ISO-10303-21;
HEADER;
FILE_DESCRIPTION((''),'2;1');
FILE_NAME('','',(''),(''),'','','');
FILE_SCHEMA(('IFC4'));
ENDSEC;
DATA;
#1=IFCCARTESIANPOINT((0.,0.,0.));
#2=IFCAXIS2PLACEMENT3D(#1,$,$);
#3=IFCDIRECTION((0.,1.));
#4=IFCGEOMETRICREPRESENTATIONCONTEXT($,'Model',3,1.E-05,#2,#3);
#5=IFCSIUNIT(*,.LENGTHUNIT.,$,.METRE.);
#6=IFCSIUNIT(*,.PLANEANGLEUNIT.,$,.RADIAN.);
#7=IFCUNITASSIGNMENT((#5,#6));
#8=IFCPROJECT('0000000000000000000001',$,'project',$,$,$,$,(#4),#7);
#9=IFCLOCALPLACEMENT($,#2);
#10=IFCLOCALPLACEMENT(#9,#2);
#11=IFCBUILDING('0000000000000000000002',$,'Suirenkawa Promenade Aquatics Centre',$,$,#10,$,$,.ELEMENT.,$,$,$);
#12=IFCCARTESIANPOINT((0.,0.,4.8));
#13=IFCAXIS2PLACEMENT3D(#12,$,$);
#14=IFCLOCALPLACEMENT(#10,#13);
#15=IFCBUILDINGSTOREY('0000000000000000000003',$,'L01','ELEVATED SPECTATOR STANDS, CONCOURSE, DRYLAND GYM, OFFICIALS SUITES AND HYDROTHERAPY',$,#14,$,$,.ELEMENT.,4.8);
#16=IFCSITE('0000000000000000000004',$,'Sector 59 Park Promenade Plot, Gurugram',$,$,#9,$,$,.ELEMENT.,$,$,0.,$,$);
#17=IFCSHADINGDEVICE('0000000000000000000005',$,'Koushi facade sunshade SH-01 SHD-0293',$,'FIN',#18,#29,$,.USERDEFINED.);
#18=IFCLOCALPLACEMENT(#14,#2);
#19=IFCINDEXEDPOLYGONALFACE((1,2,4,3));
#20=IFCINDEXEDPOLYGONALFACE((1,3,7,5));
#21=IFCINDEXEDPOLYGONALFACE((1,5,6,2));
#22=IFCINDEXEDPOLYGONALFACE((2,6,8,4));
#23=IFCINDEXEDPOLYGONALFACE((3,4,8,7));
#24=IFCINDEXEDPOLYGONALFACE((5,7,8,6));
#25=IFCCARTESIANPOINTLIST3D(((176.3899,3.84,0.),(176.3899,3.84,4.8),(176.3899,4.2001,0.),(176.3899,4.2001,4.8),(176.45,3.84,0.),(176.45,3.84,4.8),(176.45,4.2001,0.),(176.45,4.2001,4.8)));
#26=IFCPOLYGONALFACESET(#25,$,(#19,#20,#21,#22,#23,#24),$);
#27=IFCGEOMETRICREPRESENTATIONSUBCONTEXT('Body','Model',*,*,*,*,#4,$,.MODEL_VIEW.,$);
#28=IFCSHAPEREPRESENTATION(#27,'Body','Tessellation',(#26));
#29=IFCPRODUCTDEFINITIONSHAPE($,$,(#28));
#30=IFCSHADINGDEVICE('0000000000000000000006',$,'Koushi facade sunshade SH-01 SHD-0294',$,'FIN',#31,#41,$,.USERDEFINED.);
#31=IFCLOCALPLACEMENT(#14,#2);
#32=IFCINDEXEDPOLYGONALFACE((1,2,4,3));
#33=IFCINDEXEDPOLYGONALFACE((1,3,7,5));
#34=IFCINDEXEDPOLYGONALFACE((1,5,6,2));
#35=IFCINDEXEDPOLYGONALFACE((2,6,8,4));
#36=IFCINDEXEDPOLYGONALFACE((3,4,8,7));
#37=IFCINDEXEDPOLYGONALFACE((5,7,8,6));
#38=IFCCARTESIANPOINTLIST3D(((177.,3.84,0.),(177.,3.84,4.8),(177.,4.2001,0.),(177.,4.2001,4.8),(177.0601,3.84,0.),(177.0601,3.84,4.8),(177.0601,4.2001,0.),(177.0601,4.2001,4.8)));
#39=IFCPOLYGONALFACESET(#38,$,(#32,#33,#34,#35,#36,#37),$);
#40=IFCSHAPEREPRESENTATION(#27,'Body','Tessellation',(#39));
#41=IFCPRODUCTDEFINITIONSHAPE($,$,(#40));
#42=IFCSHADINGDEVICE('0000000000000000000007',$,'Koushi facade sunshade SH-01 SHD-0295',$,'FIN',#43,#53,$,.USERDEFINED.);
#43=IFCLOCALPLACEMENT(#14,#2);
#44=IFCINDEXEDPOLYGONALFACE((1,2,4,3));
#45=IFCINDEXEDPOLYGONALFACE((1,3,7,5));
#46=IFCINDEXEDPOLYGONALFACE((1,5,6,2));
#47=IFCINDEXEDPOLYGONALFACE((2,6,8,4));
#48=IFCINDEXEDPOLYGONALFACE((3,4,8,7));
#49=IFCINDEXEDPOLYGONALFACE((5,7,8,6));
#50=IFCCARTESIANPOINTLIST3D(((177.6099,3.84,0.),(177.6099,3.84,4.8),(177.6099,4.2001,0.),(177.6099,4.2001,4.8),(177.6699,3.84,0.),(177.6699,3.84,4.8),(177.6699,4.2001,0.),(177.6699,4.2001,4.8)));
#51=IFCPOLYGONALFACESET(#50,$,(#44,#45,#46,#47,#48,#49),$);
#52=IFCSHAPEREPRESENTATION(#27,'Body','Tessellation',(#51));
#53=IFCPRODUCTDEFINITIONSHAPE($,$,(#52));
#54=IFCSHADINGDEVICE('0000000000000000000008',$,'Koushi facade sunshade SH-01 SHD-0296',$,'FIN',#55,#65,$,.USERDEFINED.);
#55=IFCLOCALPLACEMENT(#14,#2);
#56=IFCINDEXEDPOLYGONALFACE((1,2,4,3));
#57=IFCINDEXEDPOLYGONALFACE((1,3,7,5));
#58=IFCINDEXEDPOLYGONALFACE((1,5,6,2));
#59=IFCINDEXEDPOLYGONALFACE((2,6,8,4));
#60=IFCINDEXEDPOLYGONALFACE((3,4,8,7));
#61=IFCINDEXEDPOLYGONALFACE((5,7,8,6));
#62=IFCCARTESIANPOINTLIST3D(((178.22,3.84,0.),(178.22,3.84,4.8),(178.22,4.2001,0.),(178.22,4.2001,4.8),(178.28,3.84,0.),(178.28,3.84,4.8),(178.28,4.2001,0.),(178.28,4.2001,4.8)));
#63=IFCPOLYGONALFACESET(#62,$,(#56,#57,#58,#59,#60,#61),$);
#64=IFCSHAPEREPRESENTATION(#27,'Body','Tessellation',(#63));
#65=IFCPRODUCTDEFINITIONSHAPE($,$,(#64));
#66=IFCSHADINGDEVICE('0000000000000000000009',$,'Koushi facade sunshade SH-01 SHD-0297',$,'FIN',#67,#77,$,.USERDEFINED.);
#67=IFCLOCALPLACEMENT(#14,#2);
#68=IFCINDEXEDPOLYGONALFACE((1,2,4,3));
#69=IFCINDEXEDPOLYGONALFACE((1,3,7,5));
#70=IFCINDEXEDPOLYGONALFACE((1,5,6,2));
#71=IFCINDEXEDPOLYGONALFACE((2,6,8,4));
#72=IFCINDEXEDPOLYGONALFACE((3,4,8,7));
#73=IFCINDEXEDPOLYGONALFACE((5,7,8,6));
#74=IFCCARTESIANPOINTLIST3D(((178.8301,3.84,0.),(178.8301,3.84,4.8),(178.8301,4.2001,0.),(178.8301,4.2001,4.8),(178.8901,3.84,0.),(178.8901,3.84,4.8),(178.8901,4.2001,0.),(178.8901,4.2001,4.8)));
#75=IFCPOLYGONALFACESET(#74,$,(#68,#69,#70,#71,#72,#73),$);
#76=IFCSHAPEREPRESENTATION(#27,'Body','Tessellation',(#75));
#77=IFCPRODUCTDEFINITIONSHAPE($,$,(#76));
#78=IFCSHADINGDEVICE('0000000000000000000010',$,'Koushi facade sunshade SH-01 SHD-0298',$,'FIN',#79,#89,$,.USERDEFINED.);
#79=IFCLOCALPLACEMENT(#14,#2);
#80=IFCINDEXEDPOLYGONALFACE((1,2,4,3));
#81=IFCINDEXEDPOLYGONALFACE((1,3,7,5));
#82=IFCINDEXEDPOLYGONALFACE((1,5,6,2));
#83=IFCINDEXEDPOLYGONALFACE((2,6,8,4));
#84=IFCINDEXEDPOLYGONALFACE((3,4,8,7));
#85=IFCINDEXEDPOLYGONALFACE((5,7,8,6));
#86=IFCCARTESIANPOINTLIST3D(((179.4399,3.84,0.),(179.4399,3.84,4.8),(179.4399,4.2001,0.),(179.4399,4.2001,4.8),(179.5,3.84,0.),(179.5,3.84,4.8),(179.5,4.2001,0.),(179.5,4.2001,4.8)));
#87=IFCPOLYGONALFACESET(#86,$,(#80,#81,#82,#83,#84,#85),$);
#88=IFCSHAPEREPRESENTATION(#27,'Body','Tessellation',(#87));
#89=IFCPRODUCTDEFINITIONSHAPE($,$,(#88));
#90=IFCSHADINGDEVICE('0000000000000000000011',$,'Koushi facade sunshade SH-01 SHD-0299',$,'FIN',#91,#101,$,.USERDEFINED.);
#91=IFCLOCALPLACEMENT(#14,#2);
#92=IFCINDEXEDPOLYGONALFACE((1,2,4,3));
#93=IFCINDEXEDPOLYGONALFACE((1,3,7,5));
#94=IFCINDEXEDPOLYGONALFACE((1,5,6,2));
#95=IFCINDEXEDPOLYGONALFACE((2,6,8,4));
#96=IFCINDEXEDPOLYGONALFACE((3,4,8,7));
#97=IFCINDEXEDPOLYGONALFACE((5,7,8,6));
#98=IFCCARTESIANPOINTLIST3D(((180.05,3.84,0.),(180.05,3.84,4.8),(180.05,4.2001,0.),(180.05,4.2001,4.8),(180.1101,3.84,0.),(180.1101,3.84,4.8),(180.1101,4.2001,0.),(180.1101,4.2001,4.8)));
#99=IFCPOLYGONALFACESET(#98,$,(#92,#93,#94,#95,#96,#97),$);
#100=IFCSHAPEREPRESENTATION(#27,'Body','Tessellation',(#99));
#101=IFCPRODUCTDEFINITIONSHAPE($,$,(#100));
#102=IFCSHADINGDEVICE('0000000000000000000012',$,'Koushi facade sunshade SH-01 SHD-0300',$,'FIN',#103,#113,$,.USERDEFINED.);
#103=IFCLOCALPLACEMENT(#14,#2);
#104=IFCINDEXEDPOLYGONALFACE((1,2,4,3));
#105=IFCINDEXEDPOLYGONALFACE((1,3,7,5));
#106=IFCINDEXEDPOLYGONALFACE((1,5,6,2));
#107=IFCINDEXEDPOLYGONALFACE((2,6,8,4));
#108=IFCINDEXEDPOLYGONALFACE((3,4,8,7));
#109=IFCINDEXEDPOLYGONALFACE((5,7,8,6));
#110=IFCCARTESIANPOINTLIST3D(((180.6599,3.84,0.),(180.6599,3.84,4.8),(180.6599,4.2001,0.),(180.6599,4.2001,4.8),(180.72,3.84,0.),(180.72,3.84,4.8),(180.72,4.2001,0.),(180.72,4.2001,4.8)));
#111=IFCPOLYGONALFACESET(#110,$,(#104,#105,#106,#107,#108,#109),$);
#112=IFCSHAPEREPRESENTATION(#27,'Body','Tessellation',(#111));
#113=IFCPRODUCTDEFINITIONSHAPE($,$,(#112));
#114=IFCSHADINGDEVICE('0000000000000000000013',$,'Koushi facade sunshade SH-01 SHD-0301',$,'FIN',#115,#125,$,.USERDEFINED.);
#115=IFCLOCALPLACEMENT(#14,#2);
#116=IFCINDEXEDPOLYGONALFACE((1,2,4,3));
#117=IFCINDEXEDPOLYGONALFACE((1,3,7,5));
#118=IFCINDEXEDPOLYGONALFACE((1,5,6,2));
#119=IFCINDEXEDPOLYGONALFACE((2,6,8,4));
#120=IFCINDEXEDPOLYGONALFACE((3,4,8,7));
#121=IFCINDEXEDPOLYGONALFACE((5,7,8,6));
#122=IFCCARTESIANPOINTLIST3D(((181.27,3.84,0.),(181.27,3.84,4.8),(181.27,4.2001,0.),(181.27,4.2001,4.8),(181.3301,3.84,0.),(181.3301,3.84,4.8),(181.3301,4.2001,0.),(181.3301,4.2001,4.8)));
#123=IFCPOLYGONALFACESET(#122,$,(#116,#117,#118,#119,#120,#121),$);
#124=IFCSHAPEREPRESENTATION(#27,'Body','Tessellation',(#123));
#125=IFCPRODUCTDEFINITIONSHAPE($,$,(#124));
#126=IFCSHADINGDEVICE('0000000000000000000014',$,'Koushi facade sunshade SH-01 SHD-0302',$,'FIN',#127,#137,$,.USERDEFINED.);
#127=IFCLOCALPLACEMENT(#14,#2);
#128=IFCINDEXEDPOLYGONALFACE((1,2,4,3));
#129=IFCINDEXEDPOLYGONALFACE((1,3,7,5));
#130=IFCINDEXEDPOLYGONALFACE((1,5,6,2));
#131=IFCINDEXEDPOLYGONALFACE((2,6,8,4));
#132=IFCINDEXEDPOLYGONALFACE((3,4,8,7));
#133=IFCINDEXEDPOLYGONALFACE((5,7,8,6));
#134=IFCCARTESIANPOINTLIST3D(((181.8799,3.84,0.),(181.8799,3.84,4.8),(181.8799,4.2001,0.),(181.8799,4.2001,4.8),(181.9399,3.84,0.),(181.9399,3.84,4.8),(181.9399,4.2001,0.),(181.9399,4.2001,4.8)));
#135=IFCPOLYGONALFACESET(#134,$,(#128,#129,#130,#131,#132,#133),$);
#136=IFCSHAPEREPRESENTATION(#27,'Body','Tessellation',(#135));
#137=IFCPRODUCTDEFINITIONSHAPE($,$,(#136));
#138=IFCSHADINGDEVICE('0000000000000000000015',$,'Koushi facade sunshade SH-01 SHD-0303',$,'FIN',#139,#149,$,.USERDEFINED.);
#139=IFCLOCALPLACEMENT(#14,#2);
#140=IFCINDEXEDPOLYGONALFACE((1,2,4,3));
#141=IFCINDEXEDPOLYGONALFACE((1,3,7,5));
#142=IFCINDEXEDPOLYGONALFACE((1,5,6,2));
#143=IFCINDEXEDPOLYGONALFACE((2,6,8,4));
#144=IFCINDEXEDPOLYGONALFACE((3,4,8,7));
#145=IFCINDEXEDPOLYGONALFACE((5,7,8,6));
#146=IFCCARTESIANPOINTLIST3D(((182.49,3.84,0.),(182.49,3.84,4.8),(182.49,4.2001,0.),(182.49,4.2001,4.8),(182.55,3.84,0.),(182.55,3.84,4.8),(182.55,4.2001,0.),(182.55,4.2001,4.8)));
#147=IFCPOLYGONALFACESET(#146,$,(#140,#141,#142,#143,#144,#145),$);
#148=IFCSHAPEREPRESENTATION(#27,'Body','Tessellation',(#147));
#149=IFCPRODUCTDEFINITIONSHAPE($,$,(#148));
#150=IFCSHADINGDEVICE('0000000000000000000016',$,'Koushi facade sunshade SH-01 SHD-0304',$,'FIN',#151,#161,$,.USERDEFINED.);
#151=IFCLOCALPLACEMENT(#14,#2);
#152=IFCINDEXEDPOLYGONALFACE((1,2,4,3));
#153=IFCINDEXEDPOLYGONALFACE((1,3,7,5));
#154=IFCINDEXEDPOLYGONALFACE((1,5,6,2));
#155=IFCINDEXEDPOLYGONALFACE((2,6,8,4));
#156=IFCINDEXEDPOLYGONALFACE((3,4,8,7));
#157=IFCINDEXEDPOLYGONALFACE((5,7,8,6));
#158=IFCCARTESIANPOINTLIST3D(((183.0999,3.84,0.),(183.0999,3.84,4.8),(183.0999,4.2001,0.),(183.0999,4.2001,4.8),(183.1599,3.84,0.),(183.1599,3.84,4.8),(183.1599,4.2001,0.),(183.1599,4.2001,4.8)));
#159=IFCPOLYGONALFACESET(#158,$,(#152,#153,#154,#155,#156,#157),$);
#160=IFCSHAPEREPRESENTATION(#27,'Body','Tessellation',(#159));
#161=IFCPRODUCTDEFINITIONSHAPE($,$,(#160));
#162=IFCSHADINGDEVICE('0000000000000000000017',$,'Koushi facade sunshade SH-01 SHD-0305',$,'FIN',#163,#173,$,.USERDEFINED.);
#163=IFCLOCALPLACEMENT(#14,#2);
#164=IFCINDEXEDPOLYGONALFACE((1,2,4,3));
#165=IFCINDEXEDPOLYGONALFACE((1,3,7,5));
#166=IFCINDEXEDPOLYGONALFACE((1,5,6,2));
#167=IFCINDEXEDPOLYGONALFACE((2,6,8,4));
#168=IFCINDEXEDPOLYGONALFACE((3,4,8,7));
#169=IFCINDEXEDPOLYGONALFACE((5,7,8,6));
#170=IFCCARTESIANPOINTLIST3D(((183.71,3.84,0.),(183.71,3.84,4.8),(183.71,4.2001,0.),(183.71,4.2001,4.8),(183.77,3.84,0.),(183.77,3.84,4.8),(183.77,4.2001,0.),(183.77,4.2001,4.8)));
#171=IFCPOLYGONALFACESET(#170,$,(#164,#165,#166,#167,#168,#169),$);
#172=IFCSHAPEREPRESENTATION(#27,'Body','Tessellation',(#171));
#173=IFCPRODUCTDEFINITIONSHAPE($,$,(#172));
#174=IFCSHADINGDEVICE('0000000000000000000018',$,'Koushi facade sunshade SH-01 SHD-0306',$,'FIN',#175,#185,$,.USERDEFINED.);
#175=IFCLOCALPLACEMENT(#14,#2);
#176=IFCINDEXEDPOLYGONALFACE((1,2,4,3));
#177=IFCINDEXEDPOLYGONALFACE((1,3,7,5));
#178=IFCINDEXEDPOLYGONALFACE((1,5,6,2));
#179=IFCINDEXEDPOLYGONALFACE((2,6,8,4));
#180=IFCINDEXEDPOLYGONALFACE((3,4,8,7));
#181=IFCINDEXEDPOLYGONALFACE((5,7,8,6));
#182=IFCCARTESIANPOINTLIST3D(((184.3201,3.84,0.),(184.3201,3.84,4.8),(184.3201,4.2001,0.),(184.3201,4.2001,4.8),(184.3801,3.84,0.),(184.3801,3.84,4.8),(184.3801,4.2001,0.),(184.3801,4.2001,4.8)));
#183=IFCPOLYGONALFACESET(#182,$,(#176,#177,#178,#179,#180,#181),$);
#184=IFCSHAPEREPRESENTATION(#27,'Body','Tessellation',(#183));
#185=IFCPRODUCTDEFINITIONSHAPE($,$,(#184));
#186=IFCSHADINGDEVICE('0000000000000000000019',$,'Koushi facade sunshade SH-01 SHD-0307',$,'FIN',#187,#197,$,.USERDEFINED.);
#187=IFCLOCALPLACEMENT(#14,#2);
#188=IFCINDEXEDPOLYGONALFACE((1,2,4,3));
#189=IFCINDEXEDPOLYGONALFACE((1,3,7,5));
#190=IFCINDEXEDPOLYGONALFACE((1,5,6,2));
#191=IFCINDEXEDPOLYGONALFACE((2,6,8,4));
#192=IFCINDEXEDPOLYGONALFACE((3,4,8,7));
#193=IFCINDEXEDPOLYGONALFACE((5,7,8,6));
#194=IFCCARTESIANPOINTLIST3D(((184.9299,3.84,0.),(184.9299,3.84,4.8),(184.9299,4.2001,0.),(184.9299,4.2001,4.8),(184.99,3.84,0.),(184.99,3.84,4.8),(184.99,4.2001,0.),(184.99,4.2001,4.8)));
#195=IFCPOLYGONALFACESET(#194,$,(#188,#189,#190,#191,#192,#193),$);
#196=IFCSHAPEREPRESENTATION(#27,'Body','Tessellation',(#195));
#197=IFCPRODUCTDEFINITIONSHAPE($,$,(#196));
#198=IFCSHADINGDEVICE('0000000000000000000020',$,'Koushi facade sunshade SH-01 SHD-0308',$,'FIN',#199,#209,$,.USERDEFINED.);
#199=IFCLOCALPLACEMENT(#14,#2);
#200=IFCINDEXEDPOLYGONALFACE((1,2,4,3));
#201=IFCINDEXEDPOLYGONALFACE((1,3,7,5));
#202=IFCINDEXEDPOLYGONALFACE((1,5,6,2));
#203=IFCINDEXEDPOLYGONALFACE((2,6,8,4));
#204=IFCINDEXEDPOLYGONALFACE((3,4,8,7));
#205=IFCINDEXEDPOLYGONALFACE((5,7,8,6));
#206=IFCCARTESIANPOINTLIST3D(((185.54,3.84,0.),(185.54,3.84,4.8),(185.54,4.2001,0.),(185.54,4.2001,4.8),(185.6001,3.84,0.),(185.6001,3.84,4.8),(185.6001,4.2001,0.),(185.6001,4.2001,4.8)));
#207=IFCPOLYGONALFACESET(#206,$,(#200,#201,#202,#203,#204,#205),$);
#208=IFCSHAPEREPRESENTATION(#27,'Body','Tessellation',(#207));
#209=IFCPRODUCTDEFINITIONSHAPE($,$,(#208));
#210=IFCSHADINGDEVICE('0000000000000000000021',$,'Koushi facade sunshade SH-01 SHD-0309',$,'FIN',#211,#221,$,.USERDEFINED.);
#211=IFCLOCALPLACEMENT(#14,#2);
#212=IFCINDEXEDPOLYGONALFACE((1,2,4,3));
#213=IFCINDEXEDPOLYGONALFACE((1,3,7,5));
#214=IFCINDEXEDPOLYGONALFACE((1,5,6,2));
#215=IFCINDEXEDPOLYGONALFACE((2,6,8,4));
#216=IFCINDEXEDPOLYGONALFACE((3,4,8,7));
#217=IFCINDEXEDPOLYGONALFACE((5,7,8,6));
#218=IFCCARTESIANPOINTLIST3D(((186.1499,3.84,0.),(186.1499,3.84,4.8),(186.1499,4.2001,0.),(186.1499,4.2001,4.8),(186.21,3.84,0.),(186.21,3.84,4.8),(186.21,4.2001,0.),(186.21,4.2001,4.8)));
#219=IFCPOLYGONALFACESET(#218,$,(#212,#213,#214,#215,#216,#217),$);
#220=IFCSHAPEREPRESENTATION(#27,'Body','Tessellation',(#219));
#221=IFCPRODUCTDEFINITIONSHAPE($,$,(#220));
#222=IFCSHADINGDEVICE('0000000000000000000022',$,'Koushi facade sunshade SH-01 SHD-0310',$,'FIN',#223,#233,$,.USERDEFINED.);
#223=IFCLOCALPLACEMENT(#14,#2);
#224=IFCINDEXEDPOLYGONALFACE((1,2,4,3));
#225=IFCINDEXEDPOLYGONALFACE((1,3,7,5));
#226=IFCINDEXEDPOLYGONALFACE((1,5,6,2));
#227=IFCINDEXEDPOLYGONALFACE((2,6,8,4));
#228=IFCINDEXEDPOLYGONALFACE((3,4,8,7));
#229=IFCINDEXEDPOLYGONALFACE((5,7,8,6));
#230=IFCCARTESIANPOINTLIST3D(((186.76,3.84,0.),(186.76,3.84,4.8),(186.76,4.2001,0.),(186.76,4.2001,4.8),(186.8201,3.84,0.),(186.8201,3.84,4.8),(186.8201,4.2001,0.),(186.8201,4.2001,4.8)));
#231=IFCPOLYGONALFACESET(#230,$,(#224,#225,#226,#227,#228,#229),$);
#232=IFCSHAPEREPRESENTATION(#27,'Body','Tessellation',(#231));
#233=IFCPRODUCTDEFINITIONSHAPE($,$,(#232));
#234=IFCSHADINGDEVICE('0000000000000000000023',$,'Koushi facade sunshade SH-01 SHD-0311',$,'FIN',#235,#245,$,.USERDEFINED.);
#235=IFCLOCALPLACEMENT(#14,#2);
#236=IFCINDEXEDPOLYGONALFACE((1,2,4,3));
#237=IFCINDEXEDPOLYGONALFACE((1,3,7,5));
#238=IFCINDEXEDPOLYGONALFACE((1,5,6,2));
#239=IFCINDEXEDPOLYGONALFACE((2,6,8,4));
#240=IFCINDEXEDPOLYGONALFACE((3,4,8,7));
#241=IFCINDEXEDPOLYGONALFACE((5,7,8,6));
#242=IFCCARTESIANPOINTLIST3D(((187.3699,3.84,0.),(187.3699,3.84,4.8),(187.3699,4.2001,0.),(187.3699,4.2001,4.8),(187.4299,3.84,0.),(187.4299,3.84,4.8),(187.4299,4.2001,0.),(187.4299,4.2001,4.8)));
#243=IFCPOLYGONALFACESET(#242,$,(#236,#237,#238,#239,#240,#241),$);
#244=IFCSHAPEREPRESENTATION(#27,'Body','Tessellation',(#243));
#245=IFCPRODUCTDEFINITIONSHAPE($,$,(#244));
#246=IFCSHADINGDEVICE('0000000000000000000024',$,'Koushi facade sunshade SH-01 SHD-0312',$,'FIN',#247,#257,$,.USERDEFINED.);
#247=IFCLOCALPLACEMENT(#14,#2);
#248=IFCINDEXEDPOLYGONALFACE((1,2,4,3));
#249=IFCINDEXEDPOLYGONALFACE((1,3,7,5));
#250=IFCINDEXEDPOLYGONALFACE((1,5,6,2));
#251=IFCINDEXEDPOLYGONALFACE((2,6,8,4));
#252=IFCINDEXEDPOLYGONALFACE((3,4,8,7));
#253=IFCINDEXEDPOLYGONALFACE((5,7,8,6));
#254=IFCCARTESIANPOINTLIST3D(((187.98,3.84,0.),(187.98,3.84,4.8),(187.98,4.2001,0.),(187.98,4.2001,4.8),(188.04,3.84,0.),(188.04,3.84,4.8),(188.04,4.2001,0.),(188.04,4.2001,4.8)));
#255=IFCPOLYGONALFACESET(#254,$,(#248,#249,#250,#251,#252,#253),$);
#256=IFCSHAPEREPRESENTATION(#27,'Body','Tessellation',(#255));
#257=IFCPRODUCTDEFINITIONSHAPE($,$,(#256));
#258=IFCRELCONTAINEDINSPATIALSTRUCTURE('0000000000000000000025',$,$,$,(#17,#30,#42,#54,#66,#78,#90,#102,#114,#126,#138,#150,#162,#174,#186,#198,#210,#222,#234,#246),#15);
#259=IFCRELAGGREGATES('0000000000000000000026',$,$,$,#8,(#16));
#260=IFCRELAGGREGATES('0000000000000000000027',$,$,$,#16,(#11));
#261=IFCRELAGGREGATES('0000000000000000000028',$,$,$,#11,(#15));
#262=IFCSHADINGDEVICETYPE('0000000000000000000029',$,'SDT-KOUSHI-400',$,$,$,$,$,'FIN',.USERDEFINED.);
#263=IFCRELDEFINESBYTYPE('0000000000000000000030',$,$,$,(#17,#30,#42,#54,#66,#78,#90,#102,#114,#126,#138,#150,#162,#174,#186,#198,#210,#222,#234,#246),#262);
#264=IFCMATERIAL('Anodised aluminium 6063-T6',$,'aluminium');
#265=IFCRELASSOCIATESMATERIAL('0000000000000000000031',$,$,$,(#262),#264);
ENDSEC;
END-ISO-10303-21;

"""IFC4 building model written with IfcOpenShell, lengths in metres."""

from ifc_helpers import new_model, si_unit, direction, frame, origin, origin_2d, place, context, subcontext, project, spatial, rectangle, extrude, material, type_object, element, save


model = new_model("IFC4")

# Units and contexts
model_context = context("Model", 3, precision=1e-05, world=origin(), true_north=direction((0.0, 1.0)))
body_context = subcontext(model_context, "Body", "Model", "MODEL_VIEW")
ifc_project = project(units=[si_unit("LENGTHUNIT", "METRE"), si_unit("PLANEANGLEUNIT", "RADIAN")], contexts=[model_context])

# Site, building, storey
site_placement = place(None, origin())
site = spatial("IfcSite", under=ifc_project, at=site_placement, Name="Sector 59 Park Promenade Plot, Gurugram", CompositionType="ELEMENT", RefElevation=0.0)
building_placement = place(site_placement, origin())
building = spatial("IfcBuilding", under=site, at=building_placement, Name="Suirenkawa Promenade Aquatics Centre", CompositionType="ELEMENT")
storey_placement = place(building_placement, frame((0.0, 0.0, 4.8)))
storey = spatial("IfcBuildingStorey", under=building, at=storey_placement, Name="L01", Description="ELEVATED SPECTATOR STANDS, CONCOURSE, DRYLAND GYM, OFFICIALS SUITES AND HYDROTHERAPY", CompositionType="ELEMENT", Elevation=4.8)

# Shading devices
ifc_material_1 = material(Name="Anodised aluminium 6063-T6", Category="aluminium")
shading_device_type = type_object("IfcShadingDeviceType", Name="SDT-KOUSHI-400", ElementType="FIN", PredefinedType="USERDEFINED", material=ifc_material_1)
for number, where, z_axis, x_axis, name in (
    (1, (176.4199, 4.02, 0.0), (0.0, 0.0, 1.0), (1.0, 0.0, 0.0), "Koushi facade sunshade SH-01 SHD-0293"),
    (2, (177.03, 4.02, 0.0), (0.0, 0.0, 1.0), (1.0, 0.0, 0.0), "Koushi facade sunshade SH-01 SHD-0294"),
    (3, (177.6399, 4.02, 0.0), (0.0, 0.0, 1.0), (1.0, 0.0, 0.0), "Koushi facade sunshade SH-01 SHD-0295"),
    (4, (178.25, 4.02, 0.0), (0.0, 0.0, 1.0), (1.0, 0.0, 0.0), "Koushi facade sunshade SH-01 SHD-0296"),
    (5, (178.8601, 4.02, 0.0), (0.0, 0.0, 1.0), (1.0, 0.0, 0.0), "Koushi facade sunshade SH-01 SHD-0297"),
    (6, (179.47, 4.02, 0.0), (0.0, 0.0, 1.0), (1.0, 0.0, 0.0), "Koushi facade sunshade SH-01 SHD-0298"),
    (7, (180.0801, 4.02, 0.0), (0.0, 0.0, 1.0), (1.0, 0.0, 0.0), "Koushi facade sunshade SH-01 SHD-0299"),
    (8, (180.6899, 4.02, 0.0), (0.0, 0.0, 1.0), (1.0, 0.0, 0.0), "Koushi facade sunshade SH-01 SHD-0300"),
    (9, (181.3, 4.02, 0.0), (0.0, 0.0, 1.0), (1.0, 0.0, 0.0), "Koushi facade sunshade SH-01 SHD-0301"),
    (10, (181.9099, 4.02, 0.0), (0.0, 0.0, 1.0), (1.0, 0.0, 0.0), "Koushi facade sunshade SH-01 SHD-0302"),
    (11, (182.52, 4.02, 0.0), (0.0, 0.0, 1.0), (1.0, 0.0, 0.0), "Koushi facade sunshade SH-01 SHD-0303"),
    (12, (183.1299, 4.02, 0.0), (0.0, 0.0, 1.0), (1.0, 0.0, 0.0), "Koushi facade sunshade SH-01 SHD-0304"),
    (13, (183.74, 4.02, 0.0), (0.0, 0.0, 1.0), (1.0, 0.0, 0.0), "Koushi facade sunshade SH-01 SHD-0305"),
    (14, (184.3501, 4.02, 0.0), (0.0, 0.0, 1.0), (1.0, 0.0, 0.0), "Koushi facade sunshade SH-01 SHD-0306"),
    (15, (184.96, 4.02, 0.0), (0.0, 0.0, 1.0), (1.0, 0.0, 0.0), "Koushi facade sunshade SH-01 SHD-0307"),
    (16, (185.5701, 4.02, 0.0), (0.0, 0.0, 1.0), (1.0, 0.0, 0.0), "Koushi facade sunshade SH-01 SHD-0308"),
    (17, (186.1799, 4.02, 0.0), (0.0, 0.0, 1.0), (1.0, 0.0, 0.0), "Koushi facade sunshade SH-01 SHD-0309"),
    (18, (186.79, 4.02, 0.0), (0.0, 0.0, 1.0), (1.0, 0.0, 0.0), "Koushi facade sunshade SH-01 SHD-0310"),
    (19, (187.3999, 4.02, 0.0), (0.0, 0.0, 1.0), (1.0, 0.0, 0.0), "Koushi facade sunshade SH-01 SHD-0311"),
    (20, (188.01, 4.02, 0.0), (0.0, 0.0, 1.0), (1.0, 0.0, 0.0), "Koushi facade sunshade SH-01 SHD-0312"),
):
    element("IfcShadingDevice", number, at=place(storey_placement, frame(where, z_axis=z_axis, x_axis=x_axis)), inside=storey, type_object=shading_device_type, Name=name, ObjectType="FIN", PredefinedType="USERDEFINED", context=body_context, shape_type="SweptSolid", body=[
        extrude(rectangle(XDim=0.0601, YDim=0.3601, at=origin_2d()), origin(), (0.0, 0.0, 1.0), 4.8),
    ])

save(model, "model.ifc")
